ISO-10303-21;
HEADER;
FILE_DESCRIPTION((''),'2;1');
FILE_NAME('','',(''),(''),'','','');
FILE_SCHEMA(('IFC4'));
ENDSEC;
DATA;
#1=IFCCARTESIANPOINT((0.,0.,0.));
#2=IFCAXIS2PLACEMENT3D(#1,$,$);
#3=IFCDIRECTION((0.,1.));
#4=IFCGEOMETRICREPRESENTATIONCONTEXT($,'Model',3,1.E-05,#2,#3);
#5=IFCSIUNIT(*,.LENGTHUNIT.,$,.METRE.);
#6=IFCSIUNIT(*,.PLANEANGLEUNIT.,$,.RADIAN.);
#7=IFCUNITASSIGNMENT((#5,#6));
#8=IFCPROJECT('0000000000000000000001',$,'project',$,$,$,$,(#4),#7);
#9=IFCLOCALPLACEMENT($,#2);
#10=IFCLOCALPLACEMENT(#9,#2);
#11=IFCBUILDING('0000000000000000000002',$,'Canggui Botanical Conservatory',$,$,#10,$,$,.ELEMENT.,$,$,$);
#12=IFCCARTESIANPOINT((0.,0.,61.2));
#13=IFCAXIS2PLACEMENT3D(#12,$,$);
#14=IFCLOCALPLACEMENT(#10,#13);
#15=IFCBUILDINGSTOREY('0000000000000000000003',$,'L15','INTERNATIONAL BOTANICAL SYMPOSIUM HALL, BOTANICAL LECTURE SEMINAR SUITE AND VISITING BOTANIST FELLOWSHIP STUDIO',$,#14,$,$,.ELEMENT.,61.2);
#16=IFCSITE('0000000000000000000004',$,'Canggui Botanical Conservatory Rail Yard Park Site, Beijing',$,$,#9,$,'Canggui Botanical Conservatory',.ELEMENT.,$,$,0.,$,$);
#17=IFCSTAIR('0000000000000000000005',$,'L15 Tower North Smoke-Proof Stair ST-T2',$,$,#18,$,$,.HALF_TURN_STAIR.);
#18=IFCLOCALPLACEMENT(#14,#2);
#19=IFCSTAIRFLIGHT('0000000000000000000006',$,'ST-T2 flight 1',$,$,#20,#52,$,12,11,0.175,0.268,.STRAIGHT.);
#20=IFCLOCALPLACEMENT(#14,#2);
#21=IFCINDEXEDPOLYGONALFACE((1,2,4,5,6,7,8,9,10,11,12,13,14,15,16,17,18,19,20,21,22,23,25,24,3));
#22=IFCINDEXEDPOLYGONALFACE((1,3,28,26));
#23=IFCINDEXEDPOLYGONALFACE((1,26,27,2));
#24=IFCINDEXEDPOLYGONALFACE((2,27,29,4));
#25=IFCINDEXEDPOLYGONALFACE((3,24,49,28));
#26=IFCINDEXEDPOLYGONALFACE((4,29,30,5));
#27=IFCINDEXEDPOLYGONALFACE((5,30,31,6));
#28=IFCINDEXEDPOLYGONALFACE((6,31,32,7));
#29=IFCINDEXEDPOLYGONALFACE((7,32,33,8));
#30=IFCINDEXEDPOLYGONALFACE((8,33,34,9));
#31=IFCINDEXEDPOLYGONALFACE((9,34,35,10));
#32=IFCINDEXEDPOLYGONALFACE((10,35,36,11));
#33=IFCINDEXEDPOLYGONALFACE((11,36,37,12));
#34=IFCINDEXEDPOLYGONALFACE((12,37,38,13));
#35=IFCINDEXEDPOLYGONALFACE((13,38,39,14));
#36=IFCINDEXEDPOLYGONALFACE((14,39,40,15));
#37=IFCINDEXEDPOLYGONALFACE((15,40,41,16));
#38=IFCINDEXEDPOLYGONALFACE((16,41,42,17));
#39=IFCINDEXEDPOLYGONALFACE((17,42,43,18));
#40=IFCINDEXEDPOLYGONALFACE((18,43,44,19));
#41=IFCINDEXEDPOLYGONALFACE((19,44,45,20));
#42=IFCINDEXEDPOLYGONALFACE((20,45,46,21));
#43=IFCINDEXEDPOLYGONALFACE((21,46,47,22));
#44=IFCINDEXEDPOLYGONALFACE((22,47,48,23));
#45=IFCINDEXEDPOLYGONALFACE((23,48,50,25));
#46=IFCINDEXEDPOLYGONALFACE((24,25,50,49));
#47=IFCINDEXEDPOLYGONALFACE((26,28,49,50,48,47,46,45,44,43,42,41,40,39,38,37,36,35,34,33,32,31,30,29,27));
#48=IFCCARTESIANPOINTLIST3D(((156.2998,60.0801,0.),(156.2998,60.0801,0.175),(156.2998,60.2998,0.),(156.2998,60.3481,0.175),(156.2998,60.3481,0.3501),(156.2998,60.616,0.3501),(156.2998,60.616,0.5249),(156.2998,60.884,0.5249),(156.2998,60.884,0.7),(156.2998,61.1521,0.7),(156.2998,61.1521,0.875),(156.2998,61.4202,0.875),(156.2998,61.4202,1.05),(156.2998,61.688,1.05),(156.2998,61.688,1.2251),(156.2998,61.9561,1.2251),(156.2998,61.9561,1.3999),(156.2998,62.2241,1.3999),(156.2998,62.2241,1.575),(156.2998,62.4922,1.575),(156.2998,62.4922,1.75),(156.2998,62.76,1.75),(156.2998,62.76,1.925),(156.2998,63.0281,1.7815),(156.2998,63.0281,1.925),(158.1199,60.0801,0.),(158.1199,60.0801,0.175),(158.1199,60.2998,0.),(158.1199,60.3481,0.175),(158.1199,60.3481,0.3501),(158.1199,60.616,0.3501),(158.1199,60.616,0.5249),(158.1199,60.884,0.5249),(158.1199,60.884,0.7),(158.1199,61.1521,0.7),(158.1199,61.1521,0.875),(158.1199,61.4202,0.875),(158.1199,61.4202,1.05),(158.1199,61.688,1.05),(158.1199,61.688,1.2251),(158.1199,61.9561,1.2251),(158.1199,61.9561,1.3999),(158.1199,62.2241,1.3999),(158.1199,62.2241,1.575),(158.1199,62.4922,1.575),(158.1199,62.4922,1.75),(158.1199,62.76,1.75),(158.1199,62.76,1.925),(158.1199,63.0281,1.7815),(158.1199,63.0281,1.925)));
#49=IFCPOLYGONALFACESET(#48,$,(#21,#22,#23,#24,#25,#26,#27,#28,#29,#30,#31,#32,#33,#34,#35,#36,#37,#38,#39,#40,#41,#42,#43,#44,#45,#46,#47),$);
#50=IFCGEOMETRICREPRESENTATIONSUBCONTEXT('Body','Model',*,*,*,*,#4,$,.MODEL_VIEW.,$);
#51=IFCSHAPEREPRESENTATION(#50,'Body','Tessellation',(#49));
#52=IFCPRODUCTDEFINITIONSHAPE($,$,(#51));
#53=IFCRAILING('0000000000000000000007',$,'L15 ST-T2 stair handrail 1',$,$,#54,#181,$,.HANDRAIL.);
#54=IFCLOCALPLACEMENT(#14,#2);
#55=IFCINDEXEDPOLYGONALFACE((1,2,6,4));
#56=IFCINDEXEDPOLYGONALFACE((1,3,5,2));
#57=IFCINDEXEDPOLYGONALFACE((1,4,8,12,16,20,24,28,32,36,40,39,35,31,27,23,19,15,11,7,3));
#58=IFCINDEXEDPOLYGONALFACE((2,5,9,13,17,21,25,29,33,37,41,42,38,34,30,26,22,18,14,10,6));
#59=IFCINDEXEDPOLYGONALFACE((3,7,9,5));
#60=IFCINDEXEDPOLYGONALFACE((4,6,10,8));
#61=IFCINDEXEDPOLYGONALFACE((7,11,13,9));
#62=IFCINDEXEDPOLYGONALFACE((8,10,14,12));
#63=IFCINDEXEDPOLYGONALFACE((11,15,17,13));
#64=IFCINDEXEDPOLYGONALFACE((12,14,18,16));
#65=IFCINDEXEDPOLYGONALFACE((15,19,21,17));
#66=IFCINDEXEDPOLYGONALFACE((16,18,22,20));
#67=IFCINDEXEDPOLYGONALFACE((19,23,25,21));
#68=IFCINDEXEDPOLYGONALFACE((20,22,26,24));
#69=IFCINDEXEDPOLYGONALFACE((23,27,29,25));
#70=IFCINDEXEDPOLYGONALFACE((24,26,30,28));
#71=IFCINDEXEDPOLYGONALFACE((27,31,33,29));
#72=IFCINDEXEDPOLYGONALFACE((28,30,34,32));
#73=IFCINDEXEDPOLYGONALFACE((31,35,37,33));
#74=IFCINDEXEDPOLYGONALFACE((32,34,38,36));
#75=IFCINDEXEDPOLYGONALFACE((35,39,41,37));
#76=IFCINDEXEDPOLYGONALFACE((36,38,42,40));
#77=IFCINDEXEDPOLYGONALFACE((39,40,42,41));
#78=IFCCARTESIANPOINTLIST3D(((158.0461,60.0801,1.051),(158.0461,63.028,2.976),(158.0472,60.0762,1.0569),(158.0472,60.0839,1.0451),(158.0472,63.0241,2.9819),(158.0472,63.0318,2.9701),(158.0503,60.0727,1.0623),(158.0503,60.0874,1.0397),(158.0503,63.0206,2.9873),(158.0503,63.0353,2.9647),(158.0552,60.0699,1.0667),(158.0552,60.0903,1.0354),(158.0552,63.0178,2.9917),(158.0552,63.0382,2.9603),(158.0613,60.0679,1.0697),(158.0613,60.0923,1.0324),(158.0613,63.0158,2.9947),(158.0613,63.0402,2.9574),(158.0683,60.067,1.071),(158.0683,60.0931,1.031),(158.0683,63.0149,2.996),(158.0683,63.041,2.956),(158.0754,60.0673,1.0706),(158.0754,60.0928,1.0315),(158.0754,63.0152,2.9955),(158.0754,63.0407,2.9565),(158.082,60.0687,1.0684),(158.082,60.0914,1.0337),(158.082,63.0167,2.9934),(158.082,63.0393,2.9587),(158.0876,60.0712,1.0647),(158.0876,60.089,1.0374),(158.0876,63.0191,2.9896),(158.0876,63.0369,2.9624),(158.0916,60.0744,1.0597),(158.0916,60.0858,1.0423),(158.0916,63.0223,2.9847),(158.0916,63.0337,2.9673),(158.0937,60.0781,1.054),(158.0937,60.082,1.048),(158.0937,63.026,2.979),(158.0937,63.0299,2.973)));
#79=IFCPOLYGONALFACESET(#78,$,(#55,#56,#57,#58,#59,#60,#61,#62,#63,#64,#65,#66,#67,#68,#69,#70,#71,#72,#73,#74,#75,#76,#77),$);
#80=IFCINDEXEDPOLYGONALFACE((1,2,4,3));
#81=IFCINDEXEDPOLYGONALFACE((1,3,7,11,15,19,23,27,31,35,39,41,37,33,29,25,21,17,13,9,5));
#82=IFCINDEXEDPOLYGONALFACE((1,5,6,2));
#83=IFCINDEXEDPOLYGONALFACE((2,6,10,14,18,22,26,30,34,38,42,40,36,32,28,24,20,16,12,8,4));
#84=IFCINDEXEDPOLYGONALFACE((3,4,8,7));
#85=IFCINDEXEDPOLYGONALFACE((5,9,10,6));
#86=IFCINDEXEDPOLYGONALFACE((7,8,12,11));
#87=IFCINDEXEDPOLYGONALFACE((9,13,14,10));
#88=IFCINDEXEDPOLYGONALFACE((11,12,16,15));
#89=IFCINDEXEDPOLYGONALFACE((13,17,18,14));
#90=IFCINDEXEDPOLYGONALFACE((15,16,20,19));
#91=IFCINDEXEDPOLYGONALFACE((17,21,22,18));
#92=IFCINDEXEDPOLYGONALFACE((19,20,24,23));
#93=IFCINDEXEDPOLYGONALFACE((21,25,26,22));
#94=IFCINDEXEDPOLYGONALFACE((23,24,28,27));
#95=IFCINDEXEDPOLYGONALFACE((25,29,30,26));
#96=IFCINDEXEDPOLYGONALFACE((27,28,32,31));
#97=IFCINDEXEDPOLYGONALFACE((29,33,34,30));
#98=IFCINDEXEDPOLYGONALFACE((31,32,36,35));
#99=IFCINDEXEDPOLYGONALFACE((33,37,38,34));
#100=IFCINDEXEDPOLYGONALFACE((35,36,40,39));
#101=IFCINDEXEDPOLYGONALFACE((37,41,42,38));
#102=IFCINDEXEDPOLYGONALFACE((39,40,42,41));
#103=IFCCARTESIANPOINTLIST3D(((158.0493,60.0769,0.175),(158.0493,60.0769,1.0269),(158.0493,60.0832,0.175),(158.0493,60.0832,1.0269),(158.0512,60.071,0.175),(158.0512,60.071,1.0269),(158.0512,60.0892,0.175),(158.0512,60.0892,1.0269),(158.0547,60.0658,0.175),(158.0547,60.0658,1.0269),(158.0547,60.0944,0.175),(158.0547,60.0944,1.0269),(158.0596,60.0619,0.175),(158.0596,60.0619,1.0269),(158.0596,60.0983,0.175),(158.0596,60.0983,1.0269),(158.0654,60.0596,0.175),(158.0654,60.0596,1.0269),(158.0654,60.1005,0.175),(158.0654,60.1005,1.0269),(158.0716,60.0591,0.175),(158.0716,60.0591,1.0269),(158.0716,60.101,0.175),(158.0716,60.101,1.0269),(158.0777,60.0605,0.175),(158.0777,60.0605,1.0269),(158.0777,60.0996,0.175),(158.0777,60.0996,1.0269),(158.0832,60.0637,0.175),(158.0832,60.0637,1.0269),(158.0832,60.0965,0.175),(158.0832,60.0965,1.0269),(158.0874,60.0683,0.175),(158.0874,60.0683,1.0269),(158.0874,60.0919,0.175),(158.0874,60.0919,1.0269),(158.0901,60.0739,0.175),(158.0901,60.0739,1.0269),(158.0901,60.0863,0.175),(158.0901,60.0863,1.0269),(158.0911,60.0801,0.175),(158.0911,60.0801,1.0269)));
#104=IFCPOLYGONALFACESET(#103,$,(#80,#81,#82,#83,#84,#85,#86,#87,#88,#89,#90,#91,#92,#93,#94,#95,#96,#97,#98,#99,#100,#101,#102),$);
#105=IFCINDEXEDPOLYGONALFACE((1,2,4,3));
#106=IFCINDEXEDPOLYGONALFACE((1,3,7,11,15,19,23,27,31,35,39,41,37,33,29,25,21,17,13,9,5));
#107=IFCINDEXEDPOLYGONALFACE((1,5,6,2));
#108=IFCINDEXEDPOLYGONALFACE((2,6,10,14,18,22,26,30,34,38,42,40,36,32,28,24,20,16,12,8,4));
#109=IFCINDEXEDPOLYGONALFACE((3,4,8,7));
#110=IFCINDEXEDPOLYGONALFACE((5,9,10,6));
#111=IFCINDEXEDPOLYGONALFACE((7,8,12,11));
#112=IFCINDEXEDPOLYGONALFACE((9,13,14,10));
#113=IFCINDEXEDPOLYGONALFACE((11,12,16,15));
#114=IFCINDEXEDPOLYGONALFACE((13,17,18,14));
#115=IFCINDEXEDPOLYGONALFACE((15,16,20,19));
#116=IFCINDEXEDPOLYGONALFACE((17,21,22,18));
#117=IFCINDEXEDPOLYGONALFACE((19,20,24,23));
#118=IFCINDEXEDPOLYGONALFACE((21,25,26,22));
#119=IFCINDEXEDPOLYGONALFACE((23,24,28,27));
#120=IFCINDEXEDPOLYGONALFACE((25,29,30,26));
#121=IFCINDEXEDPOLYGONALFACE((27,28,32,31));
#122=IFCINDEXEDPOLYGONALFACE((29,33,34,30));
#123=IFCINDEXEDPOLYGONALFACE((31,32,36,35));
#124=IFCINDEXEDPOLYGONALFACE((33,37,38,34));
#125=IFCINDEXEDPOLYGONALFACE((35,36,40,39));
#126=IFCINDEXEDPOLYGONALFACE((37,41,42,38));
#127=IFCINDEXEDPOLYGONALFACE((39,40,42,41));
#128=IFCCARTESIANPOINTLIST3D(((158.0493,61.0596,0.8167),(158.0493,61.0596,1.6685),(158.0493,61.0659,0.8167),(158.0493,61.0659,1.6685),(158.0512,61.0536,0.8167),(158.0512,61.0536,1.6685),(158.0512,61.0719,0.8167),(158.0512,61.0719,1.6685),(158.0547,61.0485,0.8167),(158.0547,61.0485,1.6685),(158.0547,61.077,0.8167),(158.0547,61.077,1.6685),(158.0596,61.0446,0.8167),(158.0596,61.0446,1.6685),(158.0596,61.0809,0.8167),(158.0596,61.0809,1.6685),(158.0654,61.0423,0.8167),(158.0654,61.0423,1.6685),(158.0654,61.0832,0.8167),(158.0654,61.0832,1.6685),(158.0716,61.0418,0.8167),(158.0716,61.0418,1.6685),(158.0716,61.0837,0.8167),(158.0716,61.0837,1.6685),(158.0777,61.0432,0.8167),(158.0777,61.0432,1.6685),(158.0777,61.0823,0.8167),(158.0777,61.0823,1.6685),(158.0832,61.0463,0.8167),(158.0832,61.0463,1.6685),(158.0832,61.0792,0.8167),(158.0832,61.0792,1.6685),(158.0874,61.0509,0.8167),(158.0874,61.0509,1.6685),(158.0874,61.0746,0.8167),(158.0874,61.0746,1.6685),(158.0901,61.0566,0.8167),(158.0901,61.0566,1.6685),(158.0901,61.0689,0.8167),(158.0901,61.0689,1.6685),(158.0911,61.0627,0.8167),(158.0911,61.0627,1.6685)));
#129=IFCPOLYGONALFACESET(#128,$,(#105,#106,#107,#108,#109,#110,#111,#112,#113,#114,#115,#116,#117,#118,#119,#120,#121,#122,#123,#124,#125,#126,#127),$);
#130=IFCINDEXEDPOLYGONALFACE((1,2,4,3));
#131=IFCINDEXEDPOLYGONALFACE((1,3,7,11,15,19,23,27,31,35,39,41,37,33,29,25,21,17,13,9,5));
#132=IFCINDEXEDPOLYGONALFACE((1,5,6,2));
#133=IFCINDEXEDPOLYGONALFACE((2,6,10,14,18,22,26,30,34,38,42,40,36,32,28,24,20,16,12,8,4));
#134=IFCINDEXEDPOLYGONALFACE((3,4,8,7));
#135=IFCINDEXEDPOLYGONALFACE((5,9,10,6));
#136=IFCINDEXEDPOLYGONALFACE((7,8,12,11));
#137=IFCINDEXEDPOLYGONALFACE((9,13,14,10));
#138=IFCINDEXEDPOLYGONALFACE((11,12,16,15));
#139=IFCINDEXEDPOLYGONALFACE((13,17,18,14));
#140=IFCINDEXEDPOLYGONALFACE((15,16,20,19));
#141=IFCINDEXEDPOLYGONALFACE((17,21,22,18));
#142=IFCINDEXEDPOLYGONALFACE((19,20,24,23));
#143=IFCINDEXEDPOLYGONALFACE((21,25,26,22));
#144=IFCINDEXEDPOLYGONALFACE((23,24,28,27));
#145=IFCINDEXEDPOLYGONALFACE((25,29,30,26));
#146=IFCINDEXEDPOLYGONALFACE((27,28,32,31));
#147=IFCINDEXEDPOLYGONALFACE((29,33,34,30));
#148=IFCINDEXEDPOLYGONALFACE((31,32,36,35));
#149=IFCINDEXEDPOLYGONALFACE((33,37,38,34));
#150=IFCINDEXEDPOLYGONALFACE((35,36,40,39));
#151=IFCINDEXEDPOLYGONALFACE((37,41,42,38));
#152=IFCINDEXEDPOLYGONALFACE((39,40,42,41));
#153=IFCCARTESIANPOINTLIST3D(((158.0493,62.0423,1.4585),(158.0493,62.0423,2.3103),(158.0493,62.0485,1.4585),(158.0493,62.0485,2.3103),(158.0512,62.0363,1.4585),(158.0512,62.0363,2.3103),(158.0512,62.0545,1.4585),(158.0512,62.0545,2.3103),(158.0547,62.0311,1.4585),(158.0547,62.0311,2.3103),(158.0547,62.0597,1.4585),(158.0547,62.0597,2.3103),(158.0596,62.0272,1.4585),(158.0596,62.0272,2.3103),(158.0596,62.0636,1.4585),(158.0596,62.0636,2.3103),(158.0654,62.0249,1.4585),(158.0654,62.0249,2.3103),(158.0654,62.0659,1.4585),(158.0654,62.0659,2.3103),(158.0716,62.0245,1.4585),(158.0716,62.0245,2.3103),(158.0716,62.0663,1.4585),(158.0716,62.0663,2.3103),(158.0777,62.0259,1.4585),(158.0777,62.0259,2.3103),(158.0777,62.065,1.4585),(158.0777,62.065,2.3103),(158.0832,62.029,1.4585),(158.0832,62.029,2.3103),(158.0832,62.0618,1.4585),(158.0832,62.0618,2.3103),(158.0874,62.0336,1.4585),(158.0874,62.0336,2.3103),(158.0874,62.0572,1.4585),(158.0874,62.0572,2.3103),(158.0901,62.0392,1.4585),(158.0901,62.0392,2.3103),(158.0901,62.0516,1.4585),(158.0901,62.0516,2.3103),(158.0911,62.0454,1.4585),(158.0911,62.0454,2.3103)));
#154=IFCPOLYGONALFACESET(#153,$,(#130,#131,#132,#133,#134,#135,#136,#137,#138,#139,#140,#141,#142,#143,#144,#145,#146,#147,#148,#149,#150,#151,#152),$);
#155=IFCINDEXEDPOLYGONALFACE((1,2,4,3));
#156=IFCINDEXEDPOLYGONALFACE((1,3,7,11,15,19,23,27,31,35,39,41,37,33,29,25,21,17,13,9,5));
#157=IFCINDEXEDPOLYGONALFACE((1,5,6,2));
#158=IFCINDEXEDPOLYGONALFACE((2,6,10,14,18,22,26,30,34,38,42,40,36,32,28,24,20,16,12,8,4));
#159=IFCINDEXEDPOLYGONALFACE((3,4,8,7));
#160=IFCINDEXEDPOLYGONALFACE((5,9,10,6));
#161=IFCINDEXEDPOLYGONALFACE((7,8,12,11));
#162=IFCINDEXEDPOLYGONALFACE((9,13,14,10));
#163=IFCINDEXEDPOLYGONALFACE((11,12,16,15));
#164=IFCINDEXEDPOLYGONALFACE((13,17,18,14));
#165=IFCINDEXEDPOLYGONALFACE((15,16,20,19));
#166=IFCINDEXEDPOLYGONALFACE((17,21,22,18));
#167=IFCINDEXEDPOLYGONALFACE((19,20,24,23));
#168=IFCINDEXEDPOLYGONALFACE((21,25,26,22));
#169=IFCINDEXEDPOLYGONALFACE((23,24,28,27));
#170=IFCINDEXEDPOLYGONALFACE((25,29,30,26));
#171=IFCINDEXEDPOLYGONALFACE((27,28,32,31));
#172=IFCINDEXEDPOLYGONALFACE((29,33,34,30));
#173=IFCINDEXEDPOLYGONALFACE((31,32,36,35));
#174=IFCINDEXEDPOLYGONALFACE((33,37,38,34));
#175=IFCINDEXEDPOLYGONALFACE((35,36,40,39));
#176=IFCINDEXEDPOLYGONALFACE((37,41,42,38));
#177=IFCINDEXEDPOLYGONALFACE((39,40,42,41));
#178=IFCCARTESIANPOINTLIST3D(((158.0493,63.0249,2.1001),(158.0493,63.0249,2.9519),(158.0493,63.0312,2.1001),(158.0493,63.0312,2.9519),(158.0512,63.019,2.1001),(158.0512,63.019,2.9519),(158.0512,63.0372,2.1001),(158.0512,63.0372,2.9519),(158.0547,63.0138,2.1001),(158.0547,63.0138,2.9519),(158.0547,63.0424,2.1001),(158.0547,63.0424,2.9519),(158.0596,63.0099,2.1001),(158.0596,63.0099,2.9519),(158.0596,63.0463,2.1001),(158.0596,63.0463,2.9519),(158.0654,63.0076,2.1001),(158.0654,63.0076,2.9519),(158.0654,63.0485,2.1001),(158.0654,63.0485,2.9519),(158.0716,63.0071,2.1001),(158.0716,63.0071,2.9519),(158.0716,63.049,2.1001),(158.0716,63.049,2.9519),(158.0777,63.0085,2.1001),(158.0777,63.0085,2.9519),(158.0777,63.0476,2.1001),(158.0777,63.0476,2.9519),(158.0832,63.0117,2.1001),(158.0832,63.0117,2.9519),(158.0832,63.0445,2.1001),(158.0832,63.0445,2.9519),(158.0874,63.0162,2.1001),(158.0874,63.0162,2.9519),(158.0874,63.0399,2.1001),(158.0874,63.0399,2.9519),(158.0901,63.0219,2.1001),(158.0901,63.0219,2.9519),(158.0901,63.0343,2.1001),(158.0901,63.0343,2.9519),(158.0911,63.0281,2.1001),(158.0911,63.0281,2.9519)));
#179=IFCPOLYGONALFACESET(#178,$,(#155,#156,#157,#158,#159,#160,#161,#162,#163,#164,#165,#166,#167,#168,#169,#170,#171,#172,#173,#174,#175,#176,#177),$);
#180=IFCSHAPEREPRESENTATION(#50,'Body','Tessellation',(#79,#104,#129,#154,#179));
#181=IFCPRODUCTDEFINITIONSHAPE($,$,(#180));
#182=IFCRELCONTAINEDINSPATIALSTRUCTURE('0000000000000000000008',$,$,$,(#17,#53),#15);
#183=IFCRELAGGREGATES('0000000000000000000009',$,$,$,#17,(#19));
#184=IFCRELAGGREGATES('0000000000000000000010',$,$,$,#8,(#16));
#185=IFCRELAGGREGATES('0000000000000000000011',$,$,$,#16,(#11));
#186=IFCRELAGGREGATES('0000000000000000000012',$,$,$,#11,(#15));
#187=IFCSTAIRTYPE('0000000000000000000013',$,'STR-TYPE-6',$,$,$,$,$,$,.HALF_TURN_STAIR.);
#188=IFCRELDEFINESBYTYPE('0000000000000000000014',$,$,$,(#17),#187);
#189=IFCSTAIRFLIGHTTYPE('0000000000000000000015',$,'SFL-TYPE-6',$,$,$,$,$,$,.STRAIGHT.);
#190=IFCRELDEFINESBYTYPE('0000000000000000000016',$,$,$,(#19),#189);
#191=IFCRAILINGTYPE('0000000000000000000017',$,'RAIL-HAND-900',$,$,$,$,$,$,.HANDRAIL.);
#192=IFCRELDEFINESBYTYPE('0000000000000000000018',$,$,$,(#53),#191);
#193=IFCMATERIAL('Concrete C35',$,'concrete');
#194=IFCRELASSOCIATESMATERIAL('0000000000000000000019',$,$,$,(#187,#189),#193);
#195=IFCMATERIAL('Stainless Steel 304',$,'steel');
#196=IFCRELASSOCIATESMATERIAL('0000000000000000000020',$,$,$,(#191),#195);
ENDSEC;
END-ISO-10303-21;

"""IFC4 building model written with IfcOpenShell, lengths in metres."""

from ifc_helpers import new_model, si_unit, direction, frame, origin, origin_2d, place, context, subcontext, project, spatial, polyline, circle, outline, extrude, material, type_object, element, aggregate, save


model = new_model("IFC4")

# Units and contexts
model_context = context("Model", 3, precision=1e-05, world=origin(), true_north=direction((0.0, 1.0)))
body_context = subcontext(model_context, "Body", "Model", "MODEL_VIEW")
ifc_project = project(units=[si_unit("LENGTHUNIT", "METRE"), si_unit("PLANEANGLEUNIT", "RADIAN")], contexts=[model_context])

# Site, building, storey
site_placement = place(None, origin())
site = spatial("IfcSite", under=ifc_project, at=site_placement, Name="Canggui Botanical Conservatory Rail Yard Park Site, Beijing", LongName="Canggui Botanical Conservatory", CompositionType="ELEMENT", RefElevation=0.0)
building_placement = place(site_placement, origin())
building = spatial("IfcBuilding", under=site, at=building_placement, Name="Canggui Botanical Conservatory", CompositionType="ELEMENT")
storey_placement = place(building_placement, frame((0.0, 0.0, 61.2)))
storey = spatial("IfcBuildingStorey", under=building, at=storey_placement, Name="L15", Description="INTERNATIONAL BOTANICAL SYMPOSIUM HALL, BOTANICAL LECTURE SEMINAR SUITE AND VISITING BOTANIST FELLOWSHIP STUDIO", CompositionType="ELEMENT", Elevation=61.2)

# Shared definitions
ifc_material_1 = material(Name="Concrete C35", Category="concrete")

# Shared definitions
ifc_material_2 = material(Name="Stainless Steel 304", Category="steel")

# Stair, stair flight
stair_type = type_object("IfcStairType", Name="STR-TYPE-6", PredefinedType="HALF_TURN_STAIR", material=ifc_material_1)
stair_placement = place(storey_placement, origin())
stair = element("IfcStair", 1, at=stair_placement, inside=storey, type_object=stair_type, Name="L15 Tower North Smoke-Proof Stair ST-T2", PredefinedType="HALF_TURN_STAIR")
stair_flight_type = type_object("IfcStairFlightType", Name="SFL-TYPE-6", PredefinedType="STRAIGHT", material=ifc_material_1)
stair_flight_placement = place(storey_placement, frame((157.21, 60.0801, 0.0), z_axis=(0.0, 0.0, 1.0), x_axis=(0.0, 1.0, 0.0)))
stair_flight = element("IfcStairFlight", 2, at=stair_flight_placement, type_object=stair_flight_type, Name="ST-T2 flight 1", NumberOfRisers=12, NumberOfTreads=11, PredefinedType="STRAIGHT", RiserHeight=0.175, TreadLength=0.268, context=body_context, shape_type="SweptSolid", body=[
    extrude(outline(polyline([(0.0, 0.0), (0.0, 0.175), (0.2681, 0.175), (0.2681, 0.3501), (0.5359, 0.3501), (0.5359, 0.5249), (0.804, 0.5249), (0.804, 0.7), (1.072, 0.7), (1.072, 0.875), (1.3401, 0.875), (1.3401, 1.05), (1.6079, 1.05), (1.6079, 1.2251), (1.876, 1.2251), (1.876, 1.3999), (2.144, 1.3999), (2.144, 1.575), (2.4121, 1.575), (2.4121, 1.75), (2.6799, 1.75), (2.6799, 1.925), (2.948, 1.925), (2.948, 2.1001), (2.948, 1.7815), (0.2197, 0.0), (0.0, 0.0)])), frame((0.0, 0.9102, 0.0), z_axis=(0.0, -1.0, 0.0), x_axis=(1.0, 0.0, 0.0)), (0.0, 0.0, 1.0), 1.8201),
])
aggregate(stair, [stair_flight])

# Railing
railing_type = type_object("IfcRailingType", Name="RAIL-HAND-900", PredefinedType="HANDRAIL", material=ifc_material_2)
railing_placement = place(storey_placement, frame((158.0701, 60.0801, 0.175)))
element("IfcRailing", 3, at=railing_placement, inside=storey, type_object=railing_type, Name="L15 ST-T2 stair handrail 1", PredefinedType="HANDRAIL", context=body_context, shape_type="SweptSolid", body=[
    extrude(circle(Radius=0.0239, at=origin_2d()), frame((0.0, 0.0, 0.876), z_axis=(0.0, 0.837293, 0.546754), x_axis=(-1.0, 0.0, 0.0)), (0.0, 0.0, 1.0), 3.5208),
    extrude(circle(Radius=0.021, at=origin_2d()), origin(), (0.0, 0.0, 1.0), 0.8518),
    extrude(circle(Radius=0.021, at=origin_2d()), frame((0.0, 0.9827, 0.6416)), (0.0, 0.0, 1.0), 0.8518),
    extrude(circle(Radius=0.021, at=origin_2d()), frame((0.0, 1.9653, 1.2834)), (0.0, 0.0, 1.0), 0.8518),
    extrude(circle(Radius=0.021, at=origin_2d()), frame((0.0, 2.948, 1.925)), (0.0, 0.0, 1.0), 0.8518),
])

save(model, "model.ifc")
